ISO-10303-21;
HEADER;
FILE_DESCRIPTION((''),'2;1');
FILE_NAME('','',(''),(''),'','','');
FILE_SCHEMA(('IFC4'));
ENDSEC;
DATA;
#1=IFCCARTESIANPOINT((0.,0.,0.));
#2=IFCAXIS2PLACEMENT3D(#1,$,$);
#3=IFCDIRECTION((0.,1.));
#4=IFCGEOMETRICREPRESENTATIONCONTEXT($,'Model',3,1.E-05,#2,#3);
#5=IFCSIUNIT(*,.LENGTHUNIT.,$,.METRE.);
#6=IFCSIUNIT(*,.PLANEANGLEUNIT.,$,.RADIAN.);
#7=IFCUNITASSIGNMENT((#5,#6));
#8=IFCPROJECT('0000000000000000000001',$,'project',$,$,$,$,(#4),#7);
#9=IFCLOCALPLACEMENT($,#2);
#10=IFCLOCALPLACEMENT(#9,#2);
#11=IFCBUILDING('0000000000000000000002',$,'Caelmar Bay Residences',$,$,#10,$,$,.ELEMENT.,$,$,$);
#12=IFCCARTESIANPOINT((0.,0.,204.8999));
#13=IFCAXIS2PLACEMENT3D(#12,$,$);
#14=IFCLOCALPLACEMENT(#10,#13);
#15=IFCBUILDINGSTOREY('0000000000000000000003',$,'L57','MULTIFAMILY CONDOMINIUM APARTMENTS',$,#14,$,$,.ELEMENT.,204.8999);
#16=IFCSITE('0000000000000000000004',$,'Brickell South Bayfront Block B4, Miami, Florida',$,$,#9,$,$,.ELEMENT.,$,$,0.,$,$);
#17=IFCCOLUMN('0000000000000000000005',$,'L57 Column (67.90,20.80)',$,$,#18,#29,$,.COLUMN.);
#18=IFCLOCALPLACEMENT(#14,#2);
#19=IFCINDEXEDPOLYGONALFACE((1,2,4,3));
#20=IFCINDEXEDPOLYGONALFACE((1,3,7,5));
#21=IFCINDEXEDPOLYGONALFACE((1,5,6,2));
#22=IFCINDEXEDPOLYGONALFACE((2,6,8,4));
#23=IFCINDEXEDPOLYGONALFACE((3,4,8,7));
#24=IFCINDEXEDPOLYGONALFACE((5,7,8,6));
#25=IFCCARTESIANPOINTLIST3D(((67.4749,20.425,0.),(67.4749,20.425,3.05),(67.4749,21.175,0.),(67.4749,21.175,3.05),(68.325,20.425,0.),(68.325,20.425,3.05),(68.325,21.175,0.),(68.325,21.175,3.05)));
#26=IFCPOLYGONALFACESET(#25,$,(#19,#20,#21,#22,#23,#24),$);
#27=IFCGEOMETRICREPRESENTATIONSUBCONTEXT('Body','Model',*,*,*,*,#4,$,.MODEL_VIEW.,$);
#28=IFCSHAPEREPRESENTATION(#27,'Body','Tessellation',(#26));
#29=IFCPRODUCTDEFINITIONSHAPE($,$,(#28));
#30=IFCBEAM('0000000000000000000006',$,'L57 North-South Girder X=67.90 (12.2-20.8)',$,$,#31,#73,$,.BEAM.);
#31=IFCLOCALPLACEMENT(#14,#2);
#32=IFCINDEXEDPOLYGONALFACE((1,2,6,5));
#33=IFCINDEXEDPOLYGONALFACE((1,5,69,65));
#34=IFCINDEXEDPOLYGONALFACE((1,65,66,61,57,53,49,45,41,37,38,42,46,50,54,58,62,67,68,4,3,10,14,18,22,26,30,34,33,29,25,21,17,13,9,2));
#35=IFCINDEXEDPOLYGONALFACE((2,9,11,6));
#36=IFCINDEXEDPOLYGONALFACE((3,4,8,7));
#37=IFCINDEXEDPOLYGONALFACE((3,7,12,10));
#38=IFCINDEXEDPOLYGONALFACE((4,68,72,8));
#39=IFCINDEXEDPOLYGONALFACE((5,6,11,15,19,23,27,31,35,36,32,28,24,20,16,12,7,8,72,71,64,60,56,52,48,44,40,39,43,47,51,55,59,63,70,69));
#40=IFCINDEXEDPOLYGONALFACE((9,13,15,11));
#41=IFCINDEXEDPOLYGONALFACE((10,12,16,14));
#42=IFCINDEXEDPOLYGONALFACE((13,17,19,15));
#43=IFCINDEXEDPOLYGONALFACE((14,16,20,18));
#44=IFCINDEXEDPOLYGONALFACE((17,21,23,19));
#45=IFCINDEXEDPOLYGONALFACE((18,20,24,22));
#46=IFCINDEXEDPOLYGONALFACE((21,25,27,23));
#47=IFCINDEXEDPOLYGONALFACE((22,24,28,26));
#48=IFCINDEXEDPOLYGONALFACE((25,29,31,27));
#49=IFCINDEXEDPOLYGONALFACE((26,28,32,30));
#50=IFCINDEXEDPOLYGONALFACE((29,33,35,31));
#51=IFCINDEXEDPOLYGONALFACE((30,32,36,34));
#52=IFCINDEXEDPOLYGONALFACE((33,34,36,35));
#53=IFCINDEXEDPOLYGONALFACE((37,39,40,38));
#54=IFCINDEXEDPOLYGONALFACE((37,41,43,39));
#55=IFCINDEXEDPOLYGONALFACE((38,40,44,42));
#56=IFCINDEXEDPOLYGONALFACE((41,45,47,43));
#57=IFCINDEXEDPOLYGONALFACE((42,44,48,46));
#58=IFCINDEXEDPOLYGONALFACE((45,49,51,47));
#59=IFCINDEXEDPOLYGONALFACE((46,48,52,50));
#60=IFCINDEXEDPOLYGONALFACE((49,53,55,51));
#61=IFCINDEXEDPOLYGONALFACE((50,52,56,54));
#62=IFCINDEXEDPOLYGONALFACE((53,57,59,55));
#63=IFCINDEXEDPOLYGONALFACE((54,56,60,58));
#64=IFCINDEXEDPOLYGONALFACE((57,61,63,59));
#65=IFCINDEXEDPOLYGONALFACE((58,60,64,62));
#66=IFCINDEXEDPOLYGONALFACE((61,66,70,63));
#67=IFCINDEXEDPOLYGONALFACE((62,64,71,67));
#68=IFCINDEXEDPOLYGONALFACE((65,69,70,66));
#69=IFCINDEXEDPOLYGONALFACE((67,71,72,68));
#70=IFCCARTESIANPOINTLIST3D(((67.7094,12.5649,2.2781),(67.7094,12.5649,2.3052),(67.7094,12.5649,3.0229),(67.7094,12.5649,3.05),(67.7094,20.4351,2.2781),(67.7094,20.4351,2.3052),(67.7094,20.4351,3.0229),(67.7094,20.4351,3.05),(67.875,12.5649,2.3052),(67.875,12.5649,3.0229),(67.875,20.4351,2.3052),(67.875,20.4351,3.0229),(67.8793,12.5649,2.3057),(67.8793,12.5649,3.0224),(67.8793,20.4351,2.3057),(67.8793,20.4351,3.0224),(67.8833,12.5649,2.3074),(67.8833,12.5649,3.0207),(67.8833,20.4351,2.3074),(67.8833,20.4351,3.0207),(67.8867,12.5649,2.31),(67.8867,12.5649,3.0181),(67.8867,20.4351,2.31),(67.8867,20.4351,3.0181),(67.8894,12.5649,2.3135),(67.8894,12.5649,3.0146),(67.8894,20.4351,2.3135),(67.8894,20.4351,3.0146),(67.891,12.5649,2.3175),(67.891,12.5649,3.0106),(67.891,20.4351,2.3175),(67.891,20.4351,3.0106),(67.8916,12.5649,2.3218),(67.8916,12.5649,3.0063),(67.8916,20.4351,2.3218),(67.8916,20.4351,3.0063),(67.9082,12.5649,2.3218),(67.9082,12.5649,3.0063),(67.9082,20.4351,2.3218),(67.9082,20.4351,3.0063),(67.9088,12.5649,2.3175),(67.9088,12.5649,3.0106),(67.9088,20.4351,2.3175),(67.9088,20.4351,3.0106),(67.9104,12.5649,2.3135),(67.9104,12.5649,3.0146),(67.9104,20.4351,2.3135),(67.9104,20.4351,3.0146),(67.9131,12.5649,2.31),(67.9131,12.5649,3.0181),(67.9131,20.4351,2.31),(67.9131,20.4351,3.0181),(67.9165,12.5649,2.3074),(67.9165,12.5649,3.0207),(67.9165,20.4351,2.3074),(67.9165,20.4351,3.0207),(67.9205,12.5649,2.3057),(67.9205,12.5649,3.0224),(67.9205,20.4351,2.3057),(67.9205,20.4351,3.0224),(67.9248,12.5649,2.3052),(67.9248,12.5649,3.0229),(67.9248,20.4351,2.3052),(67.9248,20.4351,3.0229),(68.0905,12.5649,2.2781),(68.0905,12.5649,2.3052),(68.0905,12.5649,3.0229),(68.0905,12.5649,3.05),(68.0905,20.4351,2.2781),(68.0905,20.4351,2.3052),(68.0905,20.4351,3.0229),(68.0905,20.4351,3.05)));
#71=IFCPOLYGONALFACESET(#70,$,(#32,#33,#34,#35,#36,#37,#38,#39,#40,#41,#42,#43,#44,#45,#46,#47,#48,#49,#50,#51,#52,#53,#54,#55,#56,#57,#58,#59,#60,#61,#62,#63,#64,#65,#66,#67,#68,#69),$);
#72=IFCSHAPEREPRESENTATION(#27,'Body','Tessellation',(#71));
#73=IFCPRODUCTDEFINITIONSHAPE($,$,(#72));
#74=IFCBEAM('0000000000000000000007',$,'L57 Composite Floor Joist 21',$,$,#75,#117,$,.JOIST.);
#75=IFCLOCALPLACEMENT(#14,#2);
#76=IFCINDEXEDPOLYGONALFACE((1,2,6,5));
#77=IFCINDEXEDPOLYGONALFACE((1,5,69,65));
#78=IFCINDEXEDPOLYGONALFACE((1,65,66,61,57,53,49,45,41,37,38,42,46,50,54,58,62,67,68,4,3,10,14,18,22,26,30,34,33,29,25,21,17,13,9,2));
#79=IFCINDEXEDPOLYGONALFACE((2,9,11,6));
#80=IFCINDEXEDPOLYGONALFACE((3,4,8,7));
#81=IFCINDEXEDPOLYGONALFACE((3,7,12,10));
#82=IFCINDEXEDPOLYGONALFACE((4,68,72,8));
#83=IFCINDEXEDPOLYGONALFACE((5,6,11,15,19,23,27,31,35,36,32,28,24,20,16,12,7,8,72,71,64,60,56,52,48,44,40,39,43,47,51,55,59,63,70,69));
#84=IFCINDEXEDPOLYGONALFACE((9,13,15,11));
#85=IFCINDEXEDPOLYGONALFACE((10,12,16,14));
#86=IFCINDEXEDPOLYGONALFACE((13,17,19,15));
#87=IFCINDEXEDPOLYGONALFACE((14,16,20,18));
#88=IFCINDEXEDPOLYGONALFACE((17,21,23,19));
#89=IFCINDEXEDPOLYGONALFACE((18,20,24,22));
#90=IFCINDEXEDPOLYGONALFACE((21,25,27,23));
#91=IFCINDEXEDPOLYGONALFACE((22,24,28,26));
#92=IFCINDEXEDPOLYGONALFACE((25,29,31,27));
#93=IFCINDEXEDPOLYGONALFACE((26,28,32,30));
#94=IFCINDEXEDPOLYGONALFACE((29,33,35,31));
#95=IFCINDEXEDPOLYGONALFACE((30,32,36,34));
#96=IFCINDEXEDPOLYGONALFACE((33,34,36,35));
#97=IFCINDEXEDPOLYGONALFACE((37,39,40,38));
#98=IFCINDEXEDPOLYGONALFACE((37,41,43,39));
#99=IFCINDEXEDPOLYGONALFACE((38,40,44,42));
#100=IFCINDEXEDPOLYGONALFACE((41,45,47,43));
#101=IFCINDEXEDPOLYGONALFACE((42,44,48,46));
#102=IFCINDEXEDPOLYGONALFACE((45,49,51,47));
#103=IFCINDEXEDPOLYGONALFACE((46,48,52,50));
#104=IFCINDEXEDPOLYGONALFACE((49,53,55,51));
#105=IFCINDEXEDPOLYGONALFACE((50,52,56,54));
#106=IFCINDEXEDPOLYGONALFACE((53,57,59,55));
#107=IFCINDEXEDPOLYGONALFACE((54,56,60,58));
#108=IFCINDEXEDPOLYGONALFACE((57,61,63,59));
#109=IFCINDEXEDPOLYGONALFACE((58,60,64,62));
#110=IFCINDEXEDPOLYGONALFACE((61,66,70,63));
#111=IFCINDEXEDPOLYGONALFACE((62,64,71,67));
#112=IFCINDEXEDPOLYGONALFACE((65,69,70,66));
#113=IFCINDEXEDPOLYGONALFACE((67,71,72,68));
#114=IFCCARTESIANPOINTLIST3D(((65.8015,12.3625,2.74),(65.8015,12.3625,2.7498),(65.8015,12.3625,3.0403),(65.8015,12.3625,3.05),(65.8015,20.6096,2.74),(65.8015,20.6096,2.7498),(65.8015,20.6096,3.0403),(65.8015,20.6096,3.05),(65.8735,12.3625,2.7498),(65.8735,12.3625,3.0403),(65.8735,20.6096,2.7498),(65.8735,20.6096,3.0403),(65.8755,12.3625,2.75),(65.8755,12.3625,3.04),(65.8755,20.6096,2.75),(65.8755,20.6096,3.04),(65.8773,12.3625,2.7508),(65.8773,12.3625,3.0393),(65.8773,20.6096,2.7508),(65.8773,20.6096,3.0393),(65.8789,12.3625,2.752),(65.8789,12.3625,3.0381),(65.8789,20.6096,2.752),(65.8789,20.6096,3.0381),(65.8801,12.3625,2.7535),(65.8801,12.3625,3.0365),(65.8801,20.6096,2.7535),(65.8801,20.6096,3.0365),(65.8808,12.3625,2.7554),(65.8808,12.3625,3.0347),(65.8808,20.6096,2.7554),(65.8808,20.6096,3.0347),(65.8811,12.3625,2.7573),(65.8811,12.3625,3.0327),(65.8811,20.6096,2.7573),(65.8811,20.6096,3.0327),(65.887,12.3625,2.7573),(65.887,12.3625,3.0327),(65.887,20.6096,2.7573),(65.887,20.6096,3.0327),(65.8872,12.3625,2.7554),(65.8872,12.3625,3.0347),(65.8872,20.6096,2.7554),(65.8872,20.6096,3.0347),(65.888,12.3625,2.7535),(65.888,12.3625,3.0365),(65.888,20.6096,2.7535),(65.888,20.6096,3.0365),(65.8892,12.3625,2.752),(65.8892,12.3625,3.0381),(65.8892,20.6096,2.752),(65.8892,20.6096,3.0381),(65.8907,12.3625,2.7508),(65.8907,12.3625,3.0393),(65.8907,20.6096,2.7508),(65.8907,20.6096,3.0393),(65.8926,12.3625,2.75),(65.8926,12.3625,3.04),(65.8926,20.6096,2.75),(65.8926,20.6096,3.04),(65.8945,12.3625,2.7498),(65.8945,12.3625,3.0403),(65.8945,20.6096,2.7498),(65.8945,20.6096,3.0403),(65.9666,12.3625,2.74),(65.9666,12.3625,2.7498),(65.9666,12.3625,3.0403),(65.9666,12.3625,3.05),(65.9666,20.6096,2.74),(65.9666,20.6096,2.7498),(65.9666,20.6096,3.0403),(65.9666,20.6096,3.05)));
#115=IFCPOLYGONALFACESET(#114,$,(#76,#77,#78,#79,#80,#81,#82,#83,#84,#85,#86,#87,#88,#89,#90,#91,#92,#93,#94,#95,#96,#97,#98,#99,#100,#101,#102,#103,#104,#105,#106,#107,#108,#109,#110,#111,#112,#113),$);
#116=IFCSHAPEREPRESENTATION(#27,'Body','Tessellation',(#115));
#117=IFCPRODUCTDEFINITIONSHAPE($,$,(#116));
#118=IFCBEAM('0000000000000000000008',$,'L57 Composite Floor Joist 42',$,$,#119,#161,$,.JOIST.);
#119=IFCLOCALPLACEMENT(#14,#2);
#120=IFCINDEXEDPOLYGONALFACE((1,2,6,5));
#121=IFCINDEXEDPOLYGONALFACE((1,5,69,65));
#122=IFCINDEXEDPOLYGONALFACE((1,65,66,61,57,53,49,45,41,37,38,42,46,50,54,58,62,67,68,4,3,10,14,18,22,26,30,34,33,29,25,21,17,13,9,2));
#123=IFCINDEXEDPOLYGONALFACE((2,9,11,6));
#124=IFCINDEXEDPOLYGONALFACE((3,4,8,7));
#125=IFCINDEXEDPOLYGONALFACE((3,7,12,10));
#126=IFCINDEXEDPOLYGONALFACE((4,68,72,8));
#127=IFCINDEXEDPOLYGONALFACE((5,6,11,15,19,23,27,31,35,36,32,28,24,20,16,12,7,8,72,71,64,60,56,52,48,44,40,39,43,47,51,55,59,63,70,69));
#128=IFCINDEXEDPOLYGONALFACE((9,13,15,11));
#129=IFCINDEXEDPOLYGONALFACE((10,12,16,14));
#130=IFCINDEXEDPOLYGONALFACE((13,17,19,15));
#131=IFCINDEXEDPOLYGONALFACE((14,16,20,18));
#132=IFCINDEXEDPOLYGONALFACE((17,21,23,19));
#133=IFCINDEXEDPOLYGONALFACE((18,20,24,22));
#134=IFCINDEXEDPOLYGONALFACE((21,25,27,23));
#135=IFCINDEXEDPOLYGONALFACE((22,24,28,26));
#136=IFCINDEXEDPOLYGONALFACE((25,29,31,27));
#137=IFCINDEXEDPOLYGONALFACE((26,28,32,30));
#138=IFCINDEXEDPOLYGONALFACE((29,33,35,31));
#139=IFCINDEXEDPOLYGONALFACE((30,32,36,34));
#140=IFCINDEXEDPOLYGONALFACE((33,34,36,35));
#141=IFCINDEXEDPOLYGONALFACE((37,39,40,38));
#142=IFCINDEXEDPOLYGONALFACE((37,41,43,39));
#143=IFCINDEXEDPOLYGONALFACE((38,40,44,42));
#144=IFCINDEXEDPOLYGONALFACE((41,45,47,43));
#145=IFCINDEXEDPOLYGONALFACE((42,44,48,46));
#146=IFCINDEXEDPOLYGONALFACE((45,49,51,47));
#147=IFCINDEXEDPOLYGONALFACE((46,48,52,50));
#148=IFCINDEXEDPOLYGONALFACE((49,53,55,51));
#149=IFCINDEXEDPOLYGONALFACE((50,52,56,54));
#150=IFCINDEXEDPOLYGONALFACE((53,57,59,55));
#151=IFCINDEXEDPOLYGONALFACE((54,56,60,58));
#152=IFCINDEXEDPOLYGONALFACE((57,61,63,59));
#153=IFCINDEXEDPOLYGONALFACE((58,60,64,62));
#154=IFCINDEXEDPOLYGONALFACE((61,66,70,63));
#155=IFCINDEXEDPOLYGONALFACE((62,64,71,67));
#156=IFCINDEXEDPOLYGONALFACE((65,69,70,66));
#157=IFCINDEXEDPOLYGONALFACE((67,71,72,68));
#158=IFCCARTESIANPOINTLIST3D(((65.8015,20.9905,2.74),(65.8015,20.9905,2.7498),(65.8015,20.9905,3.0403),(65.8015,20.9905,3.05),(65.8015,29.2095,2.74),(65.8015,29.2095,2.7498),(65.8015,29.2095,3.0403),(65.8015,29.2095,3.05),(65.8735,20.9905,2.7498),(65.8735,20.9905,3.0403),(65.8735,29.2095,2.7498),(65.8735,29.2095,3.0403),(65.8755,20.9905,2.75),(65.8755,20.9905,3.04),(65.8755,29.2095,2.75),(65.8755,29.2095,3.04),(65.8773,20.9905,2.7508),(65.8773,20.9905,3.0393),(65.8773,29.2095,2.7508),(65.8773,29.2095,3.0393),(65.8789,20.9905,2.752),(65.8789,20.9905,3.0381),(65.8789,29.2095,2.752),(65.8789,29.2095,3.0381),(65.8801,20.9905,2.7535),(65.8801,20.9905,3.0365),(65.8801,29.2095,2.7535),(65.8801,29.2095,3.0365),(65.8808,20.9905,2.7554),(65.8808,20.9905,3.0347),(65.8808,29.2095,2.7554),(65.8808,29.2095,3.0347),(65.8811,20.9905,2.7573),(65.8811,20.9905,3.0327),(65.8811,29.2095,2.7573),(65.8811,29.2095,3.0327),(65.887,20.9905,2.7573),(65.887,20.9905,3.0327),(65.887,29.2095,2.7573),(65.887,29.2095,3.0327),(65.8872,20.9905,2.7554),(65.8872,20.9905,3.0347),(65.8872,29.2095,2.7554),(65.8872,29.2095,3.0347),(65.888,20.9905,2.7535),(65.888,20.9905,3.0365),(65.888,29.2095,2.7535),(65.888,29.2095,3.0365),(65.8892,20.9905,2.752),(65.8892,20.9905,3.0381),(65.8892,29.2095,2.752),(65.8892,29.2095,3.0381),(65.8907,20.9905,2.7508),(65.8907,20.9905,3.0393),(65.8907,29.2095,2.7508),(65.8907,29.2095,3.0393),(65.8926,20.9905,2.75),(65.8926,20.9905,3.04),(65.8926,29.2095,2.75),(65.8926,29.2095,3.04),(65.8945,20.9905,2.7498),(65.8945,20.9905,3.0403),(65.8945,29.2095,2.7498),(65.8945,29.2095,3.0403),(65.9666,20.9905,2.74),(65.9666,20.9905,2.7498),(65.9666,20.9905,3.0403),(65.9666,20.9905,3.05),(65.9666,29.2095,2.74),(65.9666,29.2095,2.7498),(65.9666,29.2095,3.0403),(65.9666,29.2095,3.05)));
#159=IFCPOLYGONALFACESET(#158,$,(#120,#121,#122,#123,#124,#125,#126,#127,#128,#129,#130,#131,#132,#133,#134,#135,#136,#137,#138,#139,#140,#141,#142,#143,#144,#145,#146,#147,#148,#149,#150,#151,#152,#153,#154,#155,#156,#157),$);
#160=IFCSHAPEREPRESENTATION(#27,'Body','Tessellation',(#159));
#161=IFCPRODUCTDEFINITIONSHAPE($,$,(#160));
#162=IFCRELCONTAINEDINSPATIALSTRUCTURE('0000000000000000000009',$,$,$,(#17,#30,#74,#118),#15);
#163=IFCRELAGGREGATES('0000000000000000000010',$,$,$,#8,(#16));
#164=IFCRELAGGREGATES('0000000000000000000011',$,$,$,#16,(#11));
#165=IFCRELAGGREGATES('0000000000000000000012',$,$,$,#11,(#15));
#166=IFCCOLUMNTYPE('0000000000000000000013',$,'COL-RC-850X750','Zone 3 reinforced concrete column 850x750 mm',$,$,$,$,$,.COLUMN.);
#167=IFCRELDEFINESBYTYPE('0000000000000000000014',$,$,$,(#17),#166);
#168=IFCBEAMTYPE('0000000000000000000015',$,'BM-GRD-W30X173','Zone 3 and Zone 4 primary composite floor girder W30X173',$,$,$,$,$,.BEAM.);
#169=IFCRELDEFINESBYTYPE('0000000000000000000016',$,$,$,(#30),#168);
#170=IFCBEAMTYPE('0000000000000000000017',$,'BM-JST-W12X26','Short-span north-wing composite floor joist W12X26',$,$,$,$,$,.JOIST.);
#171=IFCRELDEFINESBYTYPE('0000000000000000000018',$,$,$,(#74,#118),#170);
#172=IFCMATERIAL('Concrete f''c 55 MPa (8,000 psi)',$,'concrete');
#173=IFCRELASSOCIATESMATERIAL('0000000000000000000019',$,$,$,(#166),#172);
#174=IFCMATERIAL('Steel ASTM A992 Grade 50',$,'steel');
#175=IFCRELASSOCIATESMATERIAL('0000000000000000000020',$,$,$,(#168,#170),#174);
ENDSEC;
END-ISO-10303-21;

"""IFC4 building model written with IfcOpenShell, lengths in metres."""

from ifc_helpers import new_model, si_unit, direction, frame, origin, origin_2d, place, context, subcontext, project, spatial, rectangle, i_section, extrude, material, material_profile, profile_set, type_object, element, save


model = new_model("IFC4")

# Units and contexts
model_context = context("Model", 3, precision=1e-05, world=origin(), true_north=direction((0.0, 1.0)))
body_context = subcontext(model_context, "Body", "Model", "MODEL_VIEW")
ifc_project = project(units=[si_unit("LENGTHUNIT", "METRE"), si_unit("PLANEANGLEUNIT", "RADIAN")], contexts=[model_context])

# Site, building, storey
site_placement = place(None, origin())
site = spatial("IfcSite", under=ifc_project, at=site_placement, Name="Brickell South Bayfront Block B4, Miami, Florida", CompositionType="ELEMENT", RefElevation=0.0)
building_placement = place(site_placement, origin())
building = spatial("IfcBuilding", under=site, at=building_placement, Name="Caelmar Bay Residences", CompositionType="ELEMENT")
storey_placement = place(building_placement, frame((0.0, 0.0, 204.8999)))
storey = spatial("IfcBuildingStorey", under=building, at=storey_placement, Name="L57", Description="MULTIFAMILY CONDOMINIUM APARTMENTS", CompositionType="ELEMENT", Elevation=204.8999)

# Column
ifc_material_1 = material(Name="Concrete f'c 55 MPa (8,000 psi)", Category="concrete")
ifc_material_profile_1 = material_profile(ifc_material_1, rectangle(XDim=0.8501, YDim=0.75, at=origin_2d()), Name="RC-COL-850X750")
ifc_profile_set_1 = profile_set([ifc_material_profile_1], Name="Concrete f'c 55 MPa (8,000 psi)")
column_type = type_object("IfcColumnType", Name="COL-RC-850X750", Description="Zone 3 reinforced concrete column 850x750 mm", PredefinedType="COLUMN", material=ifc_profile_set_1)
column_placement = place(storey_placement, frame((67.8999, 20.8, 0.0), z_axis=(0.0, 0.0, 1.0), x_axis=(1.0, 0.0, 0.0)))
element("IfcColumn", 1, at=column_placement, inside=storey, type_object=column_type, Name="L57 Column (67.90,20.80)", PredefinedType="COLUMN", context=body_context, shape_type="SweptSolid", body=[
    extrude(rectangle(XDim=0.8501, YDim=0.75, at=origin_2d()), origin(), (0.0, 0.0, 1.0), 3.05),
])

# Beams
ifc_material_2 = material(Name="Steel ASTM A992 Grade 50", Category="steel")
ifc_material_profile_2 = material_profile(ifc_material_2, i_section(OverallWidth=0.3811, OverallDepth=0.772, WebThickness=0.0166, FlangeThickness=0.0271, FilletRadius=0.0166, at=origin_2d()), Name="W30X173")
ifc_profile_set_2 = profile_set([ifc_material_profile_2], Name="Steel ASTM A992 Grade 50")
beam_type_1 = type_object("IfcBeamType", Name="BM-GRD-W30X173", Description="Zone 3 and Zone 4 primary composite floor girder W30X173", PredefinedType="BEAM", material=ifc_profile_set_2)
beam_1_placement = place(storey_placement, frame((67.8999, 12.5649, 2.6641), z_axis=(0.0, 1.0, 0.0), x_axis=(-1.0, 0.0, 0.0)))
element("IfcBeam", 2, at=beam_1_placement, inside=storey, type_object=beam_type_1, Name="L57 North-South Girder X=67.90 (12.2-20.8)", PredefinedType="BEAM", context=body_context, shape_type="SweptSolid", body=[
    extrude(i_section(OverallWidth=0.3811, OverallDepth=0.772, WebThickness=0.0166, FlangeThickness=0.0271, FilletRadius=0.0166, at=origin_2d()), origin(), (0.0, 0.0, 1.0), 7.8701),
])
ifc_material_profile_3 = material_profile(ifc_material_2, i_section(OverallWidth=0.165, OverallDepth=0.3101, WebThickness=0.0059, FlangeThickness=0.0098, FilletRadius=0.0076, at=origin_2d()), Name="W12X26")
ifc_profile_set_3 = profile_set([ifc_material_profile_3], Name="Steel ASTM A992 Grade 50")
beam_type_2 = type_object("IfcBeamType", Name="BM-JST-W12X26", Description="Short-span north-wing composite floor joist W12X26", PredefinedType="JOIST", material=ifc_profile_set_3)
beam_2_placement = place(storey_placement, frame((65.884, 12.3625, 2.895), z_axis=(0.0, 1.0, 0.0), x_axis=(-1.0, 0.0, 0.0)))
element("IfcBeam", 3, at=beam_2_placement, inside=storey, type_object=beam_type_2, Name="L57 Composite Floor Joist 21", PredefinedType="JOIST", context=body_context, shape_type="SweptSolid", body=[
    extrude(i_section(OverallWidth=0.165, OverallDepth=0.3101, WebThickness=0.0059, FlangeThickness=0.0098, FilletRadius=0.0076, at=origin_2d()), origin(), (0.0, 0.0, 1.0), 8.2471),
])
beam_3_placement = place(storey_placement, frame((65.884, 20.9905, 2.895), z_axis=(0.0, 1.0, 0.0), x_axis=(-1.0, 0.0, 0.0)))
element("IfcBeam", 4, at=beam_3_placement, inside=storey, type_object=beam_type_2, Name="L57 Composite Floor Joist 42", PredefinedType="JOIST", context=body_context, shape_type="SweptSolid", body=[
    extrude(i_section(OverallWidth=0.165, OverallDepth=0.3101, WebThickness=0.0059, FlangeThickness=0.0098, FilletRadius=0.0076, at=origin_2d()), origin(), (0.0, 0.0, 1.0), 8.219),
])

save(model, "model.ifc")
